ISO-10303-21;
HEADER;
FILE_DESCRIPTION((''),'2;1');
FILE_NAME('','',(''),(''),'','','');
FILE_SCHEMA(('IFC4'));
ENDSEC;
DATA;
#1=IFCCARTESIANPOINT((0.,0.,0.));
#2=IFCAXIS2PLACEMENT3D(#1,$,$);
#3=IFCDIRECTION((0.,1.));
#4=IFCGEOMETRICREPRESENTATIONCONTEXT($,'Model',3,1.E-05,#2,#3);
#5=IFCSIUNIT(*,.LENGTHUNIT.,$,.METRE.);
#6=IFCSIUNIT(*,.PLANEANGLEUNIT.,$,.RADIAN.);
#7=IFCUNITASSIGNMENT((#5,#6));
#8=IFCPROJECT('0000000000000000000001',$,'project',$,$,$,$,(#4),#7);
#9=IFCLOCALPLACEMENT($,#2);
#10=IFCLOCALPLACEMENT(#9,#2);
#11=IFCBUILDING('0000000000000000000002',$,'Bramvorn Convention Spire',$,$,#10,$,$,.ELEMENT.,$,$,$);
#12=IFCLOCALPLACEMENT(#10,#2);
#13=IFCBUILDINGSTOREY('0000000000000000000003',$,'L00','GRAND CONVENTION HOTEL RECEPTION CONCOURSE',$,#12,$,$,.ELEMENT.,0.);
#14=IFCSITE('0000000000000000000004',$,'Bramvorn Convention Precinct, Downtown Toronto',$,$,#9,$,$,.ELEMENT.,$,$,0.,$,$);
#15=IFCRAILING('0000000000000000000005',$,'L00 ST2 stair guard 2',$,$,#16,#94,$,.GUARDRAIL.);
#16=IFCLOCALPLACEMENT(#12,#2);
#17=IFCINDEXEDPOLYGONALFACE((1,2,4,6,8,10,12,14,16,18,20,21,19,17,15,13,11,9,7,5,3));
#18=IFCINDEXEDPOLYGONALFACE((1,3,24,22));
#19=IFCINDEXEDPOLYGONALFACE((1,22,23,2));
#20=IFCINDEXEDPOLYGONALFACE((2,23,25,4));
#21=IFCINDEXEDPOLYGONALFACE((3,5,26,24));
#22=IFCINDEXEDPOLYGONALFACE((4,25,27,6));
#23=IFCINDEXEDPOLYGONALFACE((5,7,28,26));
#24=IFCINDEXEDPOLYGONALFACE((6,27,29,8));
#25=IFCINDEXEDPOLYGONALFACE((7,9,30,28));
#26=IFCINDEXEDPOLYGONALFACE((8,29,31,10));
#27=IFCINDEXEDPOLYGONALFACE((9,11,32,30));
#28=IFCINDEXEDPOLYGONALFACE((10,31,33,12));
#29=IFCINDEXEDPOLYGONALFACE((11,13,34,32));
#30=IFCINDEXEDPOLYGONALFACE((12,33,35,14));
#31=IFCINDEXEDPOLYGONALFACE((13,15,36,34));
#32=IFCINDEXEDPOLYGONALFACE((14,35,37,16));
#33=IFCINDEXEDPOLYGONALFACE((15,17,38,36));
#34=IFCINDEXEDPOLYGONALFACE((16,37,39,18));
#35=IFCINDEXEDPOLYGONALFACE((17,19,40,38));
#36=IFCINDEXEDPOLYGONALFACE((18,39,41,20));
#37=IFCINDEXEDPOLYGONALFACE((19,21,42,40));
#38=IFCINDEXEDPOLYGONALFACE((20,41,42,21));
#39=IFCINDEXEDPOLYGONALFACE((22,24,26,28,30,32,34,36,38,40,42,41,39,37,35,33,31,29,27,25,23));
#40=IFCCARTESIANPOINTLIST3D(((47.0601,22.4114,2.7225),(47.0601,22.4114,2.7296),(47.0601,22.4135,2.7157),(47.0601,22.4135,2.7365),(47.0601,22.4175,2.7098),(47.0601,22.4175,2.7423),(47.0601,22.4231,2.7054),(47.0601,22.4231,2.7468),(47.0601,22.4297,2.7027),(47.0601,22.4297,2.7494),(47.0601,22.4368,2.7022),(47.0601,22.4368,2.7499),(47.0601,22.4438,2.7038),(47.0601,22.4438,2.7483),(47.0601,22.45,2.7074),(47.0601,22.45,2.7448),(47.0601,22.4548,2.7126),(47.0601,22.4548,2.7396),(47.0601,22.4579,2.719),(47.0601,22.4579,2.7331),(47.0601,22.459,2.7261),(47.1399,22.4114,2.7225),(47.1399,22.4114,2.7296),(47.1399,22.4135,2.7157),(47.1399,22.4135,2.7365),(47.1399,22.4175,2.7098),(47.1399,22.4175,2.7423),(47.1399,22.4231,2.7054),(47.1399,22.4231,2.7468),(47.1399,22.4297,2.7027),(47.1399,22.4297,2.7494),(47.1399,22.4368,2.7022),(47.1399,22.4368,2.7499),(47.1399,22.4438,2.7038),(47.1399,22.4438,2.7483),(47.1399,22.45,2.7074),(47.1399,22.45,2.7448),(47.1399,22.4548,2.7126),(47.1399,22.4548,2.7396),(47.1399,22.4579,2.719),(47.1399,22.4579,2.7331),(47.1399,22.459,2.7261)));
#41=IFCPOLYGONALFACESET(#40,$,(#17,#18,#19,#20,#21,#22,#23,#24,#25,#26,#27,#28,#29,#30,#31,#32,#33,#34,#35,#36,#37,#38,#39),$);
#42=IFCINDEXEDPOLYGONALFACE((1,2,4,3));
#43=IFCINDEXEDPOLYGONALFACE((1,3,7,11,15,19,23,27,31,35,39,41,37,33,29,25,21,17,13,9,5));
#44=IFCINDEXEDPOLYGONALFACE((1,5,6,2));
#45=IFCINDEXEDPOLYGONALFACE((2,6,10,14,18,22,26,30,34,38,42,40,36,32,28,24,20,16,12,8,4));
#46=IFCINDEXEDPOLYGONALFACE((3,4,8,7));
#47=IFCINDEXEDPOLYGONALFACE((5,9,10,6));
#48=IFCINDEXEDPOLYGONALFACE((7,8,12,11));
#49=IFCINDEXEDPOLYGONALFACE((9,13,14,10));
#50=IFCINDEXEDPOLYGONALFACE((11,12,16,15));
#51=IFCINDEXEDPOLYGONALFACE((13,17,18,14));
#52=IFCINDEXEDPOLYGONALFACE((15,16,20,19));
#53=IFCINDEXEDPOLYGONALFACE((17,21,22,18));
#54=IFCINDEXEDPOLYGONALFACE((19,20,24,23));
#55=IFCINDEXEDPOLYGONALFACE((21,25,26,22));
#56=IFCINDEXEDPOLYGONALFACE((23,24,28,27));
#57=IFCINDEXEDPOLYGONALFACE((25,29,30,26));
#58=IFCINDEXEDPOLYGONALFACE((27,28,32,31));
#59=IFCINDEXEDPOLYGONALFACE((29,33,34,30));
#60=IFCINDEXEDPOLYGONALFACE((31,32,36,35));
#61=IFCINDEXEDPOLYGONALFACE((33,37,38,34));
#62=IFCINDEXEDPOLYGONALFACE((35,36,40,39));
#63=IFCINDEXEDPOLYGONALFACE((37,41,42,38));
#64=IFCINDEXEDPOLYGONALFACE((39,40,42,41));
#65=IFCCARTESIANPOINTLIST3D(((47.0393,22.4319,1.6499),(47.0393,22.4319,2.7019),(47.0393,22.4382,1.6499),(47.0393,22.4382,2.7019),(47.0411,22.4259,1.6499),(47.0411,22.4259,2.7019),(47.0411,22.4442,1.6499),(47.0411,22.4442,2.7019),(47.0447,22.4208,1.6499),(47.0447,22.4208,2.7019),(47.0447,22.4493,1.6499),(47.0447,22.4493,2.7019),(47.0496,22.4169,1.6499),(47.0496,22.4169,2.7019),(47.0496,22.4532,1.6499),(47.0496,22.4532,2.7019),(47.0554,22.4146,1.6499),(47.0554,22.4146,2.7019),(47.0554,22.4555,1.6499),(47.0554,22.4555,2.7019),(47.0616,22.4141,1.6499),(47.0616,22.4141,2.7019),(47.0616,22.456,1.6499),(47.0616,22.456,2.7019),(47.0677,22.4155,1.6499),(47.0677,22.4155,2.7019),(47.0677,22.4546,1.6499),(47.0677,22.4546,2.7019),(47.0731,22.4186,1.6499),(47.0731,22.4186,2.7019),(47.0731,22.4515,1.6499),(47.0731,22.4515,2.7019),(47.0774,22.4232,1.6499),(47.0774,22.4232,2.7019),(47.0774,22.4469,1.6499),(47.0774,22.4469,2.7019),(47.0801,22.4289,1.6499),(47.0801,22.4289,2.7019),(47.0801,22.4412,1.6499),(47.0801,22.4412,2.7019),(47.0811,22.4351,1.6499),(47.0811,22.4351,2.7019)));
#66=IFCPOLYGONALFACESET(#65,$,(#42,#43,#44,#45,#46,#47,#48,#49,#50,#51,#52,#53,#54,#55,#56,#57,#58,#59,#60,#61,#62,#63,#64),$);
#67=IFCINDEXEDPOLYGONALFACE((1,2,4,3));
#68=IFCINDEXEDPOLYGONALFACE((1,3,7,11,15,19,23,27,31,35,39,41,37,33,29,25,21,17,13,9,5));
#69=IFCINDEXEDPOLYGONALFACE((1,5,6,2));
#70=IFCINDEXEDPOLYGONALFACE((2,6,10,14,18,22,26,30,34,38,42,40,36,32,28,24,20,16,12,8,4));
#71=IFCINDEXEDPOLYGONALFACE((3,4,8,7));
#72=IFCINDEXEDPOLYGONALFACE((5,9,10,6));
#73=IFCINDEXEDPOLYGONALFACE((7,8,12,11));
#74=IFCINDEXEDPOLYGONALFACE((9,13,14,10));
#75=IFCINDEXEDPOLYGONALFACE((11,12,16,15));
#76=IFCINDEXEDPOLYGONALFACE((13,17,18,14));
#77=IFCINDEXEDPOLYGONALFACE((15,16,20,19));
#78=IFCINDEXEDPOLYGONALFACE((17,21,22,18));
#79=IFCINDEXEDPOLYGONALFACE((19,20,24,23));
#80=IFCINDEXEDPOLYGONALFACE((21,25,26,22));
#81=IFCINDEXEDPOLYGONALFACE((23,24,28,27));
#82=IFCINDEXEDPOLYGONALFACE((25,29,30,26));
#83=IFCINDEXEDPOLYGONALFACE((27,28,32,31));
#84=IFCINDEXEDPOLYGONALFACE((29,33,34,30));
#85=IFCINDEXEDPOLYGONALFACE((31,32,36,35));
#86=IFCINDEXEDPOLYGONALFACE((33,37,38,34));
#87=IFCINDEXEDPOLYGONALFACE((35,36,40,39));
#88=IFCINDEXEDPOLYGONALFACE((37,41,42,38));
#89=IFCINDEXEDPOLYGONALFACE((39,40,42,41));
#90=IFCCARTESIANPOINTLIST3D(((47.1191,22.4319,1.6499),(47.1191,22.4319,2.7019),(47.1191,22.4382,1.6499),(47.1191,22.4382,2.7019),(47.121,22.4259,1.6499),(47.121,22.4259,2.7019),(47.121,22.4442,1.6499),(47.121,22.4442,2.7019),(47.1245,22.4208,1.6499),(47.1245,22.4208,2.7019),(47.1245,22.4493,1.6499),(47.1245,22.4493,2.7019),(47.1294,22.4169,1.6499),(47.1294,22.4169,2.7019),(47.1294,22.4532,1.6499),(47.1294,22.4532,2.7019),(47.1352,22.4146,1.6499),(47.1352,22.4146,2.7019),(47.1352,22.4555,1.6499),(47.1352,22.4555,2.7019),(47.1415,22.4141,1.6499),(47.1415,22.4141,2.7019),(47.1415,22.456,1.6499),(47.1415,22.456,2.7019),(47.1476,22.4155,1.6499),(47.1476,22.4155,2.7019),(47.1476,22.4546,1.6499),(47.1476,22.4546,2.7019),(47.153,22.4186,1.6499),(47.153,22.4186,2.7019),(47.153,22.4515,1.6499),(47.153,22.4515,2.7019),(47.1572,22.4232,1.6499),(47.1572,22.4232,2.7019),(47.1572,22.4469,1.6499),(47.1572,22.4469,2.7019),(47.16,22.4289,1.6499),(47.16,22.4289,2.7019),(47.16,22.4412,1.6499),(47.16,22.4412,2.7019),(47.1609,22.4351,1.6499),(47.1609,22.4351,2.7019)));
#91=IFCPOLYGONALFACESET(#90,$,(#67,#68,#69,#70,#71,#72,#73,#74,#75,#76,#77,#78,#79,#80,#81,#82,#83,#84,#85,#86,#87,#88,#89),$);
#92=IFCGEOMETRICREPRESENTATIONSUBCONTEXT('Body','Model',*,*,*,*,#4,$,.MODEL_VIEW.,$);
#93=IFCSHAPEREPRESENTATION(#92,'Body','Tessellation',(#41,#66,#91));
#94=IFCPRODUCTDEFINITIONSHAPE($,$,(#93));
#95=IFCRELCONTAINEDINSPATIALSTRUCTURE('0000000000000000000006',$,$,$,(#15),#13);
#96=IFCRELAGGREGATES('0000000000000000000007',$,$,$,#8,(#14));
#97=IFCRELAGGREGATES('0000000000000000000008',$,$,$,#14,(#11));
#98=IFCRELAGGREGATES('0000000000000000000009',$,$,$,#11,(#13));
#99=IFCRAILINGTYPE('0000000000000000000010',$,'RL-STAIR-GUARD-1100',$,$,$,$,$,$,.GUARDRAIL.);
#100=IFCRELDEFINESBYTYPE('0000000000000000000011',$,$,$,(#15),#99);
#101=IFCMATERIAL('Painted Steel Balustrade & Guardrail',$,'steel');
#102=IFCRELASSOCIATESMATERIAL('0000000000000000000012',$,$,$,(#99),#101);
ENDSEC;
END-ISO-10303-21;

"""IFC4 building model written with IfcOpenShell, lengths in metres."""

from ifc_helpers import new_model, si_unit, direction, frame, origin, origin_2d, place, context, subcontext, project, spatial, circle, extrude, material, type_object, element, save


model = new_model("IFC4")

# Units and contexts
model_context = context("Model", 3, precision=1e-05, world=origin(), true_north=direction((0.0, 1.0)))
body_context = subcontext(model_context, "Body", "Model", "MODEL_VIEW")
ifc_project = project(units=[si_unit("LENGTHUNIT", "METRE"), si_unit("PLANEANGLEUNIT", "RADIAN")], contexts=[model_context])

# Site, building, storey
site_placement = place(None, origin())
site = spatial("IfcSite", under=ifc_project, at=site_placement, Name="Bramvorn Convention Precinct, Downtown Toronto", CompositionType="ELEMENT", RefElevation=0.0)
building_placement = place(site_placement, origin())
building = spatial("IfcBuilding", under=site, at=building_placement, Name="Bramvorn Convention Spire", CompositionType="ELEMENT")
storey_placement = place(building_placement, origin())
storey = spatial("IfcBuildingStorey", under=building, at=storey_placement, Name="L00", Description="GRAND CONVENTION HOTEL RECEPTION CONCOURSE", CompositionType="ELEMENT", Elevation=0.0)

# Railing
ifc_material_1 = material(Name="Painted Steel Balustrade & Guardrail", Category="steel")
railing_type_1 = type_object("IfcRailingType", Name="RL-STAIR-GUARD-1100", PredefinedType="GUARDRAIL", material=ifc_material_1)
railing_1_placement = place(storey_placement, frame((47.0601, 22.4351, 1.6499)))
element("IfcRailing", 1, at=railing_1_placement, inside=storey, type_object=railing_type_1, Name="L00 ST2 stair guard 2", PredefinedType="GUARDRAIL", context=body_context, shape_type="SweptSolid", body=[
    extrude(circle(Radius=0.0239, at=origin_2d()), frame((0.0, 0.0, 1.0762), z_axis=(1.0, 0.0, 0.0), x_axis=(0.0, 1.0, 0.0)), (0.0, 0.0, 1.0), 0.0798),
    extrude(circle(Radius=0.021, at=origin_2d()), origin(), (0.0, 0.0, 1.0), 1.052),
    extrude(circle(Radius=0.021, at=origin_2d()), frame((0.0798, 0.0, 0.0)), (0.0, 0.0, 1.0), 1.052),
])

save(model, "model.ifc")
